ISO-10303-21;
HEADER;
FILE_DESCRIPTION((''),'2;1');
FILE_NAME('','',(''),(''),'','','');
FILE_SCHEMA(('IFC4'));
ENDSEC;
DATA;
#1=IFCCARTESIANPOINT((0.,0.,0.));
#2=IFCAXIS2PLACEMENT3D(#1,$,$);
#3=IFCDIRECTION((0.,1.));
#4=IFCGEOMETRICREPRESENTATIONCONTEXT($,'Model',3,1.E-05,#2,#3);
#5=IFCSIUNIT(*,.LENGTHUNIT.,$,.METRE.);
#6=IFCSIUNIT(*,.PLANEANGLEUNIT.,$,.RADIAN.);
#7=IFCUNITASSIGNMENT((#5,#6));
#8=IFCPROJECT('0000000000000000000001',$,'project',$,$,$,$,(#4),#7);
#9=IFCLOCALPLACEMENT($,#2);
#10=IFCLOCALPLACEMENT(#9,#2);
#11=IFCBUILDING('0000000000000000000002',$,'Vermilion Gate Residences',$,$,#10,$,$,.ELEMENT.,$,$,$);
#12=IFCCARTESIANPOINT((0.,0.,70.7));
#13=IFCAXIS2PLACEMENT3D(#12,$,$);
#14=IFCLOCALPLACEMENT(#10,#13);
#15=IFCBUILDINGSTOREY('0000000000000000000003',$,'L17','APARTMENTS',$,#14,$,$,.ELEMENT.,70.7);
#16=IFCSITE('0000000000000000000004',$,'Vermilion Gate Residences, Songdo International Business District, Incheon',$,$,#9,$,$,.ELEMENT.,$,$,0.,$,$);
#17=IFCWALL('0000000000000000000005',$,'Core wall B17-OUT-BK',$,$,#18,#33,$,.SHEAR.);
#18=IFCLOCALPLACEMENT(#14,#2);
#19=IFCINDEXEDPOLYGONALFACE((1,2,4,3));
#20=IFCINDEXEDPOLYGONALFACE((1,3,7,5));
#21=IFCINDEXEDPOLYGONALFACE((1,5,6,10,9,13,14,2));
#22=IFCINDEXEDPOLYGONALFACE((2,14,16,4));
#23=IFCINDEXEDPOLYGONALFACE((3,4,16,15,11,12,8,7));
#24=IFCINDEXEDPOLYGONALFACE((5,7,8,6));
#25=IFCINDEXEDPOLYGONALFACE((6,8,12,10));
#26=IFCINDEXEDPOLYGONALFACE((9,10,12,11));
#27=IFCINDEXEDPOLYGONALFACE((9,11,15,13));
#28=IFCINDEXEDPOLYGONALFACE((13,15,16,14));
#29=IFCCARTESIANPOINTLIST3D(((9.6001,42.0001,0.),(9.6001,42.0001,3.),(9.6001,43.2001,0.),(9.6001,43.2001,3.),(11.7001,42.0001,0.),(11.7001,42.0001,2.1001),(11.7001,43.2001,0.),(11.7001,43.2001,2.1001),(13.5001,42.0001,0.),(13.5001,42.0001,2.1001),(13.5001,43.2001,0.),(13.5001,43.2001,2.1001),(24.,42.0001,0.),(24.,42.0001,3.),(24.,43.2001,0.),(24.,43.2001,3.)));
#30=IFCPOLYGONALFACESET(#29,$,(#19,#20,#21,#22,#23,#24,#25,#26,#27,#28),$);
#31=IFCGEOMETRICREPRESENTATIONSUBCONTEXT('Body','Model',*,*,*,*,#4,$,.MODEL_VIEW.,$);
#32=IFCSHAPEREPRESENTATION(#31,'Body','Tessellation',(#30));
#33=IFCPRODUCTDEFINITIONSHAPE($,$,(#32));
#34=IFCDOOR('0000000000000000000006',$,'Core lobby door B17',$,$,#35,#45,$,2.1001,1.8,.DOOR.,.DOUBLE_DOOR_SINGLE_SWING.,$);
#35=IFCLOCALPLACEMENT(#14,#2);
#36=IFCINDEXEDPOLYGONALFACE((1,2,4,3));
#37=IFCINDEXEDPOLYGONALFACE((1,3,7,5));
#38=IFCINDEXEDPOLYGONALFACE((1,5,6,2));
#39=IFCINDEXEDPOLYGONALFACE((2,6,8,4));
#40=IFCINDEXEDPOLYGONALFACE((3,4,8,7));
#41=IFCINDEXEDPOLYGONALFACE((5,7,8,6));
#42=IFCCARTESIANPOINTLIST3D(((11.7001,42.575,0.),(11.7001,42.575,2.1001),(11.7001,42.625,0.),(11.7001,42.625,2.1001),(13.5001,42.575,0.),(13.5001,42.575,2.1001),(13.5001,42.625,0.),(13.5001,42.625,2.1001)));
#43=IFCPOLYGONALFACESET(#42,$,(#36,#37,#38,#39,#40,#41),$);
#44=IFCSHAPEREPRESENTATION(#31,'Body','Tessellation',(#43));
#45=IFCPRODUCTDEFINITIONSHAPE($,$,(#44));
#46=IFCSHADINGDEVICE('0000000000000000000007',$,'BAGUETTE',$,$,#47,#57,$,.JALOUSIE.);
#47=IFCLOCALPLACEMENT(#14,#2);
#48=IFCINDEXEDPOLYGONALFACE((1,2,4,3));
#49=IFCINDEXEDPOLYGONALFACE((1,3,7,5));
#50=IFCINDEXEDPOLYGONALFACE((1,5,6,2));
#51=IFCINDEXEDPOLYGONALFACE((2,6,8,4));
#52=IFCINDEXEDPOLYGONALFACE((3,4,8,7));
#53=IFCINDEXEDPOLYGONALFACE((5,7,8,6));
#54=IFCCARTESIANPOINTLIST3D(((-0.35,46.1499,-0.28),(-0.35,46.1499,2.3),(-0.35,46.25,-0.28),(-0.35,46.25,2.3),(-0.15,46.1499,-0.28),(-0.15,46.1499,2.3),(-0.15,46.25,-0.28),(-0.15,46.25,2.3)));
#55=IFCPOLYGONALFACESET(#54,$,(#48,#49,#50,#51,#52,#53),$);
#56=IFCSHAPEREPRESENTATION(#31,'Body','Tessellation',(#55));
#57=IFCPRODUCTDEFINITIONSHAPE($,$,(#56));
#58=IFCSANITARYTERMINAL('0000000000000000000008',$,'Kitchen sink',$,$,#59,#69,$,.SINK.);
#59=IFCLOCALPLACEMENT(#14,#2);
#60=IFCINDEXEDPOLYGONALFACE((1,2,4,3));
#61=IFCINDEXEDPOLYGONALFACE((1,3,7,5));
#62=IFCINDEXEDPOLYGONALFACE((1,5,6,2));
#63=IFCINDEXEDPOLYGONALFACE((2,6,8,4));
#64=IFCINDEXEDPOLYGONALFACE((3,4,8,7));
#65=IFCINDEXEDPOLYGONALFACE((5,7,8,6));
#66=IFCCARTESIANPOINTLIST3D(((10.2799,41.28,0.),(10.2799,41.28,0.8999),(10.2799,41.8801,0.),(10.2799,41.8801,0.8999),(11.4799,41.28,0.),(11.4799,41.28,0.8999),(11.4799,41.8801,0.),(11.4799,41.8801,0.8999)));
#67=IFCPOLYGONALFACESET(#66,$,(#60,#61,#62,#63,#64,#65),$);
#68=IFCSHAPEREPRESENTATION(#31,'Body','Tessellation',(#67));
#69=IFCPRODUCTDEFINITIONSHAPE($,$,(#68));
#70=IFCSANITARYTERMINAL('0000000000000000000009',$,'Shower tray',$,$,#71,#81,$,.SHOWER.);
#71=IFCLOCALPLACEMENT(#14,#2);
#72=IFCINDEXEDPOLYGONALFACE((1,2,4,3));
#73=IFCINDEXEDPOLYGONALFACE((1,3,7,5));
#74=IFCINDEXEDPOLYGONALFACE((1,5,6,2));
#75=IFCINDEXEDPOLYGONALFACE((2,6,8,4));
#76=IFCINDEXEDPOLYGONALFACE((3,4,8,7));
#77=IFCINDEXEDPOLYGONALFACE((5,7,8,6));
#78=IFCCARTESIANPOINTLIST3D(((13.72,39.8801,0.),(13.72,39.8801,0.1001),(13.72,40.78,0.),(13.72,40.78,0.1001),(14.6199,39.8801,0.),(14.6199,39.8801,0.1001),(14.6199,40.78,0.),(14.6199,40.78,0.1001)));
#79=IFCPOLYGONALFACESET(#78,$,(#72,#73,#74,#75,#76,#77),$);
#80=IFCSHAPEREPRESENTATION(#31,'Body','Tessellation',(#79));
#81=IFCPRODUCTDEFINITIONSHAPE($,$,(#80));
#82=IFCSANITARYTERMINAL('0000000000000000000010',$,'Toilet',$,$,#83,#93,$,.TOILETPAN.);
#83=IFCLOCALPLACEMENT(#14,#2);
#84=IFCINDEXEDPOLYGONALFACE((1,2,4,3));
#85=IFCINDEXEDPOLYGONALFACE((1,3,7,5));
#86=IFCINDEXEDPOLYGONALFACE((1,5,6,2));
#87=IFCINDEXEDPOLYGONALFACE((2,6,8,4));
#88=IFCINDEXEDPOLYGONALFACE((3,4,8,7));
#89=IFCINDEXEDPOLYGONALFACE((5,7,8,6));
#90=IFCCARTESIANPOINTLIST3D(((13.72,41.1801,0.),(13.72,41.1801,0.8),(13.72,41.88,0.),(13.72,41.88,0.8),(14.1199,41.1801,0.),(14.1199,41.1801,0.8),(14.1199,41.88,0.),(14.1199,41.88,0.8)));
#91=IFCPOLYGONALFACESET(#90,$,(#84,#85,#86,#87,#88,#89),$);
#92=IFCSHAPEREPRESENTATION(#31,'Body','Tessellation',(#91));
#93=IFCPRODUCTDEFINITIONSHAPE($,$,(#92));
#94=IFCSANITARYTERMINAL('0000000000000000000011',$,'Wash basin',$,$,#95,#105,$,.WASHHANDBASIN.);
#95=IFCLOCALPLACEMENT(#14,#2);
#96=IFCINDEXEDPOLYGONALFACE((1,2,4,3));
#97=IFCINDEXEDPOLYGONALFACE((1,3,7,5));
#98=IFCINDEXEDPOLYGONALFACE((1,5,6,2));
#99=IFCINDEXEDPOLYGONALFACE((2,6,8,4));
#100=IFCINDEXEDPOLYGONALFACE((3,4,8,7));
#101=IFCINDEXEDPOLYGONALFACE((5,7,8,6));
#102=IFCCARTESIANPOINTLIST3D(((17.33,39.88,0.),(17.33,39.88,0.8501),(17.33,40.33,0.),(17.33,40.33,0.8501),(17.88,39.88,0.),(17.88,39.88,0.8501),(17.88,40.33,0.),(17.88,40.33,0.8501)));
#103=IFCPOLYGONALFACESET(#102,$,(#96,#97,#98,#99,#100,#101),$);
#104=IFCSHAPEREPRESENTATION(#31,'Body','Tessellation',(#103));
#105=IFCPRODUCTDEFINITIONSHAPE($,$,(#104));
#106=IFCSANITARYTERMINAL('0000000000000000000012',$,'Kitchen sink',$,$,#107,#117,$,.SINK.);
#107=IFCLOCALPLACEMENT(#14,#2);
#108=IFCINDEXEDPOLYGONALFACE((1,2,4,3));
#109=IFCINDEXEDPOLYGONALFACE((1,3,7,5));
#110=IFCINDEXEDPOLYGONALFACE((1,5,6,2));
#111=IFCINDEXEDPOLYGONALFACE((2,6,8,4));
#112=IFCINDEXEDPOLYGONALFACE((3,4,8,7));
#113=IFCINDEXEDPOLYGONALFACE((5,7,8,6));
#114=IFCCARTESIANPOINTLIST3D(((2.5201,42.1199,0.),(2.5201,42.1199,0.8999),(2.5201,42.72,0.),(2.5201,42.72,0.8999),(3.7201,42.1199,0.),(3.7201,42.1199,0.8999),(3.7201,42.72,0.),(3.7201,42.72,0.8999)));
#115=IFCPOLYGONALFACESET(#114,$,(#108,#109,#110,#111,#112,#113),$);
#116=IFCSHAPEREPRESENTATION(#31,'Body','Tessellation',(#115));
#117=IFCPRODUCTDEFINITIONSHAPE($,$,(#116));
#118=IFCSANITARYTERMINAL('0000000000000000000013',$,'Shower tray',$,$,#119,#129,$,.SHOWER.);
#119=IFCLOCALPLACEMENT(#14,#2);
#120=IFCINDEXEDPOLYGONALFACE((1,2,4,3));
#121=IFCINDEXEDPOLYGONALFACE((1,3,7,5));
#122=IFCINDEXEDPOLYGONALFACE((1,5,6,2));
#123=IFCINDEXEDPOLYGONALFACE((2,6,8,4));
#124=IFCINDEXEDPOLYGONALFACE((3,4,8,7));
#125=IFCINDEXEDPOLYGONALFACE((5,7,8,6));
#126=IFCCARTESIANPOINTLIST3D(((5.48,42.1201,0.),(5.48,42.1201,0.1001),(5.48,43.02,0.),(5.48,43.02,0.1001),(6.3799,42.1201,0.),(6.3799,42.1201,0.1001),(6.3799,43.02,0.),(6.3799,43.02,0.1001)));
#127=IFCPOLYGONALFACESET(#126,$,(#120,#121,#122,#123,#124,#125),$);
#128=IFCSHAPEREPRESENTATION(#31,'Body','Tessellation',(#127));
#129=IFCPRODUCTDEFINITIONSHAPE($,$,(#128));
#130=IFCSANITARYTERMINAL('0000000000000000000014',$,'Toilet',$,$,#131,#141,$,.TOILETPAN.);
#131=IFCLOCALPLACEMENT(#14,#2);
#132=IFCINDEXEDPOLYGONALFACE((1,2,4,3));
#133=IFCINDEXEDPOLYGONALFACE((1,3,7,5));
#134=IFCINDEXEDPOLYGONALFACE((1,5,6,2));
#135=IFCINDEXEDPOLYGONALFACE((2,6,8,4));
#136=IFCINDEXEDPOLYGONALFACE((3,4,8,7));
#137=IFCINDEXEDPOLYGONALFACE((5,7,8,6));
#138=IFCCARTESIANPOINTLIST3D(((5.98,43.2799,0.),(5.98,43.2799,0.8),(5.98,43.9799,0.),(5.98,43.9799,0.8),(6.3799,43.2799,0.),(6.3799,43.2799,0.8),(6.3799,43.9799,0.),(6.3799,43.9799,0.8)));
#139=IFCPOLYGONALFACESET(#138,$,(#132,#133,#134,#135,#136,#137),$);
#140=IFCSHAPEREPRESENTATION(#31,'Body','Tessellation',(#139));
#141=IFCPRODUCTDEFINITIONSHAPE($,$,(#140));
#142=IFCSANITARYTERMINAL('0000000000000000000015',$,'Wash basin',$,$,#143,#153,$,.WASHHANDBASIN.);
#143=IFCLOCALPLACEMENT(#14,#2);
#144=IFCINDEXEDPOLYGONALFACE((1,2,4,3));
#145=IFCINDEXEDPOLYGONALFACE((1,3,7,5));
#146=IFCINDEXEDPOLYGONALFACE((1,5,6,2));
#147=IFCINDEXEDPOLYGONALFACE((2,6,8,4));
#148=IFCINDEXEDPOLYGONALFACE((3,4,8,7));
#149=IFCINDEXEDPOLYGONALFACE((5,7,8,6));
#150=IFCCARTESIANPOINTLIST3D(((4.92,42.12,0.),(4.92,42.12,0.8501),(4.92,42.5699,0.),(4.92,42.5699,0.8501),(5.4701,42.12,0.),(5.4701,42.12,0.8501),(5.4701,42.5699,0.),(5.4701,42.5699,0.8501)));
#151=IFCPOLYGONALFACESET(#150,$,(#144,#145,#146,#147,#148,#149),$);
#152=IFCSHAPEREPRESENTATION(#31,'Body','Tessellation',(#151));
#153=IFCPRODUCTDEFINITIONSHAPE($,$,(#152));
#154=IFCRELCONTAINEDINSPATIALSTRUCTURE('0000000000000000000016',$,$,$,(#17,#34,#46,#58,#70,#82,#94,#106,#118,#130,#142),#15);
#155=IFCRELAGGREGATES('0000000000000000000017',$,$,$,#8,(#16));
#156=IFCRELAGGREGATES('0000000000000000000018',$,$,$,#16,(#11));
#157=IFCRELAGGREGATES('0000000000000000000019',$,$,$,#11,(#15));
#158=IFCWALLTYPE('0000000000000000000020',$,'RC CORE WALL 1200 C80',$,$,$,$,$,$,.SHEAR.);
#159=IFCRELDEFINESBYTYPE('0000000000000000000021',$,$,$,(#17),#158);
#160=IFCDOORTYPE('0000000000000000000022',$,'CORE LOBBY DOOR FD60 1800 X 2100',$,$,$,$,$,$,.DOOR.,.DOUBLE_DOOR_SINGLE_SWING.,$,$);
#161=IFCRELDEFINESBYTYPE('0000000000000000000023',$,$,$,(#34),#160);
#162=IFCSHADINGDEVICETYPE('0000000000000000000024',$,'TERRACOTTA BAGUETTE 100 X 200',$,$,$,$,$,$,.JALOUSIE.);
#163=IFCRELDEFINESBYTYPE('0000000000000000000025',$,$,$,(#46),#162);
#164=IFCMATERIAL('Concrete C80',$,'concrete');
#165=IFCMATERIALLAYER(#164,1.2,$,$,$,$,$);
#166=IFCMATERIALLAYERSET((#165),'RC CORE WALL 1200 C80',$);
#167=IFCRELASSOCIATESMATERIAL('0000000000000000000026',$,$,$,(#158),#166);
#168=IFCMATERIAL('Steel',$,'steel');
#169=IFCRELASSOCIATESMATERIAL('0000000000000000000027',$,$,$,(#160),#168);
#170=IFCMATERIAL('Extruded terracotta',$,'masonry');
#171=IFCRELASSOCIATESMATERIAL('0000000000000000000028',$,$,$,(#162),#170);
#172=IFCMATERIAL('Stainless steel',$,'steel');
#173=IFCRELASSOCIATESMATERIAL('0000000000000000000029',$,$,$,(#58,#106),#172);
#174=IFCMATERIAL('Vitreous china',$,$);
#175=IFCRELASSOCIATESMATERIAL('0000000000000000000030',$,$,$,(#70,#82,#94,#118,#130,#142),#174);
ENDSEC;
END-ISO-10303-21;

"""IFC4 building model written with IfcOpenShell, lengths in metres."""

from ifc_helpers import new_model, si_unit, direction, frame, frame_2d, origin, origin_2d, place, context, subcontext, project, spatial, rectangle, extrude, material, layer, layer_set, material_profile, profile_set, type_object, element, fill, save


model = new_model("IFC4")

# Units and contexts
model_context = context("Model", 3, precision=1e-05, world=origin(), true_north=direction((0.0, 1.0)))
body_context = subcontext(model_context, "Body", "Model", "MODEL_VIEW")
ifc_project = project(units=[si_unit("LENGTHUNIT", "METRE"), si_unit("PLANEANGLEUNIT", "RADIAN")], contexts=[model_context])

# Site, building, storey
site_placement = place(None, origin())
site = spatial("IfcSite", under=ifc_project, at=site_placement, Name="Vermilion Gate Residences, Songdo International Business District, Incheon", CompositionType="ELEMENT", RefElevation=0.0)
building_placement = place(site_placement, origin())
building = spatial("IfcBuilding", under=site, at=building_placement, Name="Vermilion Gate Residences", CompositionType="ELEMENT")
storey_placement = place(building_placement, frame((0.0, 0.0, 70.7)))
storey = spatial("IfcBuildingStorey", under=building, at=storey_placement, Name="L17", Description="APARTMENTS", CompositionType="ELEMENT", Elevation=70.7)

# Wall, opening, door
ifc_material_1 = material(Name="Concrete C80", Category="concrete")
ifc_layer_1 = layer(ifc_material_1, 1.2)
ifc_layer_set_1 = layer_set([ifc_layer_1], Name="RC CORE WALL 1200 C80")
wall_type_1 = type_object("IfcWallType", Name="RC CORE WALL 1200 C80", PredefinedType="SHEAR", material=ifc_layer_set_1)
wall_1_placement = place(storey_placement, frame((9.6001, 42.6001, 0.0), z_axis=(0.0, 0.0, 1.0), x_axis=(1.0, 0.0, 0.0)))
wall_1 = element("IfcWall", 1, at=wall_1_placement, inside=storey, type_object=wall_type_1, Name="Core wall B17-OUT-BK", PredefinedType="SHEAR", context=body_context, shape_type="SweptSolid", body=[
    extrude(rectangle(XDim=14.3999, YDim=1.2, at=frame_2d((7.2, 0.0))), origin(), (0.0, 0.0, 1.0), 3.0),
])
opening_1_placement = place(wall_1_placement, frame((2.1001, 0.0, 0.0)))
opening_1 = element("IfcOpeningElement", 2, at=opening_1_placement, cuts=wall_1, PredefinedType="OPENING", context=body_context, shape_type="SweptSolid", body=[
    extrude(rectangle(XDim=1.8, YDim=2.1001, at=frame_2d((0.8999, 1.05))), frame((0.0, 0.6099, 0.0), z_axis=(0.0, -1.0, 0.0), x_axis=(1.0, 0.0, 0.0)), (0.0, 0.0, 1.0), 1.22),
])
ifc_material_2 = material(Name="Steel", Category="steel")
door_type_1 = type_object("IfcDoorType", Name="CORE LOBBY DOOR FD60 1800 X 2100", OperationType="DOUBLE_DOOR_SINGLE_SWING", PredefinedType="DOOR", material=ifc_material_2)
door_1_placement = place(opening_1_placement, origin())
door_1 = element("IfcDoor", 3, at=door_1_placement, inside=storey, type_object=door_type_1, Name="Core lobby door B17", OperationType="DOUBLE_DOOR_SINGLE_SWING", OverallHeight=2.1001, OverallWidth=1.8, PredefinedType="DOOR", context=body_context, shape_type="SweptSolid", body=[
    extrude(rectangle(XDim=1.8, YDim=2.1001, at=frame_2d((0.8999, 1.05))), frame((0.0, 0.0249, 0.0), z_axis=(0.0, -1.0, 0.0), x_axis=(1.0, 0.0, 0.0)), (0.0, 0.0, 1.0), 0.05),
])
fill(opening_1, door_1)

# Shading device
ifc_material_3 = material(Name="Extruded terracotta", Category="masonry")
ifc_material_profile_1 = material_profile(ifc_material_3, rectangle(XDim=0.2, YDim=0.1001, at=origin_2d()), Name="BAGUETTE 100 X 200")
ifc_profile_set_1 = profile_set([ifc_material_profile_1], Name="Extruded terracotta")
shading_device_type = type_object("IfcShadingDeviceType", Name="TERRACOTTA BAGUETTE 100 X 200", PredefinedType="JALOUSIE", material=ifc_profile_set_1)
shading_device_placement = place(storey_placement, frame((-0.25, 46.2, -0.28), z_axis=(0.0, 0.0, 1.0), x_axis=(1.0, 0.0, 0.0)))
element("IfcShadingDevice", 4, at=shading_device_placement, inside=storey, type_object=shading_device_type, Name="BAGUETTE", PredefinedType="JALOUSIE", context=body_context, shape_type="SweptSolid", body=[
    extrude(rectangle(XDim=0.2, YDim=0.1001, at=origin_2d()), origin(), (0.0, 0.0, 1.0), 2.5801),
])

# Sanitary terminals
ifc_material_4 = material(Name="Stainless steel", Category="steel")
sanitary_terminal_1_placement = place(storey_placement, frame((10.8799, 41.5801, 0.0), z_axis=(0.0, 0.0, 1.0), x_axis=(1.0, 0.0, 0.0)))
element("IfcSanitaryTerminal", 5, at=sanitary_terminal_1_placement, inside=storey, material=ifc_material_4, Name="Kitchen sink", PredefinedType="SINK", context=body_context, shape_type="SweptSolid", body=[
    extrude(rectangle(XDim=1.2, YDim=0.6001, at=origin_2d()), origin(), (0.0, 0.0, 1.0), 0.8999),
])
ifc_material_5 = material(Name="Vitreous china")
sanitary_terminal_2_placement = place(storey_placement, frame((14.1699, 40.3301, 0.0), z_axis=(0.0, 0.0, 1.0), x_axis=(1.0, 0.0, 0.0)))
element("IfcSanitaryTerminal", 6, at=sanitary_terminal_2_placement, inside=storey, material=ifc_material_5, Name="Shower tray", PredefinedType="SHOWER", context=body_context, shape_type="SweptSolid", body=[
    extrude(rectangle(XDim=0.8999, YDim=0.8999, at=origin_2d()), origin(), (0.0, 0.0, 1.0), 0.1001),
])
sanitary_terminal_3_placement = place(storey_placement, frame((13.9199, 41.53, 0.0), z_axis=(0.0, 0.0, 1.0), x_axis=(1.0, 0.0, 0.0)))
element("IfcSanitaryTerminal", 7, at=sanitary_terminal_3_placement, inside=storey, material=ifc_material_5, Name="Toilet", PredefinedType="TOILETPAN", context=body_context, shape_type="SweptSolid", body=[
    extrude(rectangle(XDim=0.3999, YDim=0.7, at=origin_2d()), origin(), (0.0, 0.0, 1.0), 0.8),
])
sanitary_terminal_4_placement = place(storey_placement, frame((17.605, 40.105, 0.0), z_axis=(0.0, 0.0, 1.0), x_axis=(1.0, 0.0, 0.0)))
element("IfcSanitaryTerminal", 8, at=sanitary_terminal_4_placement, inside=storey, material=ifc_material_5, Name="Wash basin", PredefinedType="WASHHANDBASIN", context=body_context, shape_type="SweptSolid", body=[
    extrude(rectangle(XDim=0.55, YDim=0.45, at=origin_2d()), origin(), (0.0, 0.0, 1.0), 0.8501),
])
sanitary_terminal_5_placement = place(storey_placement, frame((3.1201, 42.4199, 0.0), z_axis=(0.0, 0.0, 1.0), x_axis=(1.0, 0.0, 0.0)))
element("IfcSanitaryTerminal", 9, at=sanitary_terminal_5_placement, inside=storey, material=ifc_material_4, Name="Kitchen sink", PredefinedType="SINK", context=body_context, shape_type="SweptSolid", body=[
    extrude(rectangle(XDim=1.2, YDim=0.6001, at=origin_2d()), origin(), (0.0, 0.0, 1.0), 0.8999),
])
sanitary_terminal_6_placement = place(storey_placement, frame((5.9299, 42.5701, 0.0), z_axis=(0.0, 0.0, 1.0), x_axis=(1.0, 0.0, 0.0)))
element("IfcSanitaryTerminal", 10, at=sanitary_terminal_6_placement, inside=storey, material=ifc_material_5, Name="Shower tray", PredefinedType="SHOWER", context=body_context, shape_type="SweptSolid", body=[
    extrude(rectangle(XDim=0.8999, YDim=0.8999, at=origin_2d()), origin(), (0.0, 0.0, 1.0), 0.1001),
])
sanitary_terminal_7_placement = place(storey_placement, frame((6.1799, 43.6299, 0.0), z_axis=(0.0, 0.0, 1.0), x_axis=(1.0, 0.0, 0.0)))
element("IfcSanitaryTerminal", 11, at=sanitary_terminal_7_placement, inside=storey, material=ifc_material_5, Name="Toilet", PredefinedType="TOILETPAN", context=body_context, shape_type="SweptSolid", body=[
    extrude(rectangle(XDim=0.3999, YDim=0.7, at=origin_2d()), origin(), (0.0, 0.0, 1.0), 0.8),
])
sanitary_terminal_8_placement = place(storey_placement, frame((5.1951, 42.345, 0.0), z_axis=(0.0, 0.0, 1.0), x_axis=(1.0, 0.0, 0.0)))
element("IfcSanitaryTerminal", 12, at=sanitary_terminal_8_placement, inside=storey, material=ifc_material_5, Name="Wash basin", PredefinedType="WASHHANDBASIN", context=body_context, shape_type="SweptSolid", body=[
    extrude(rectangle(XDim=0.55, YDim=0.45, at=origin_2d()), origin(), (0.0, 0.0, 1.0), 0.8501),
])

save(model, "model.ifc")
